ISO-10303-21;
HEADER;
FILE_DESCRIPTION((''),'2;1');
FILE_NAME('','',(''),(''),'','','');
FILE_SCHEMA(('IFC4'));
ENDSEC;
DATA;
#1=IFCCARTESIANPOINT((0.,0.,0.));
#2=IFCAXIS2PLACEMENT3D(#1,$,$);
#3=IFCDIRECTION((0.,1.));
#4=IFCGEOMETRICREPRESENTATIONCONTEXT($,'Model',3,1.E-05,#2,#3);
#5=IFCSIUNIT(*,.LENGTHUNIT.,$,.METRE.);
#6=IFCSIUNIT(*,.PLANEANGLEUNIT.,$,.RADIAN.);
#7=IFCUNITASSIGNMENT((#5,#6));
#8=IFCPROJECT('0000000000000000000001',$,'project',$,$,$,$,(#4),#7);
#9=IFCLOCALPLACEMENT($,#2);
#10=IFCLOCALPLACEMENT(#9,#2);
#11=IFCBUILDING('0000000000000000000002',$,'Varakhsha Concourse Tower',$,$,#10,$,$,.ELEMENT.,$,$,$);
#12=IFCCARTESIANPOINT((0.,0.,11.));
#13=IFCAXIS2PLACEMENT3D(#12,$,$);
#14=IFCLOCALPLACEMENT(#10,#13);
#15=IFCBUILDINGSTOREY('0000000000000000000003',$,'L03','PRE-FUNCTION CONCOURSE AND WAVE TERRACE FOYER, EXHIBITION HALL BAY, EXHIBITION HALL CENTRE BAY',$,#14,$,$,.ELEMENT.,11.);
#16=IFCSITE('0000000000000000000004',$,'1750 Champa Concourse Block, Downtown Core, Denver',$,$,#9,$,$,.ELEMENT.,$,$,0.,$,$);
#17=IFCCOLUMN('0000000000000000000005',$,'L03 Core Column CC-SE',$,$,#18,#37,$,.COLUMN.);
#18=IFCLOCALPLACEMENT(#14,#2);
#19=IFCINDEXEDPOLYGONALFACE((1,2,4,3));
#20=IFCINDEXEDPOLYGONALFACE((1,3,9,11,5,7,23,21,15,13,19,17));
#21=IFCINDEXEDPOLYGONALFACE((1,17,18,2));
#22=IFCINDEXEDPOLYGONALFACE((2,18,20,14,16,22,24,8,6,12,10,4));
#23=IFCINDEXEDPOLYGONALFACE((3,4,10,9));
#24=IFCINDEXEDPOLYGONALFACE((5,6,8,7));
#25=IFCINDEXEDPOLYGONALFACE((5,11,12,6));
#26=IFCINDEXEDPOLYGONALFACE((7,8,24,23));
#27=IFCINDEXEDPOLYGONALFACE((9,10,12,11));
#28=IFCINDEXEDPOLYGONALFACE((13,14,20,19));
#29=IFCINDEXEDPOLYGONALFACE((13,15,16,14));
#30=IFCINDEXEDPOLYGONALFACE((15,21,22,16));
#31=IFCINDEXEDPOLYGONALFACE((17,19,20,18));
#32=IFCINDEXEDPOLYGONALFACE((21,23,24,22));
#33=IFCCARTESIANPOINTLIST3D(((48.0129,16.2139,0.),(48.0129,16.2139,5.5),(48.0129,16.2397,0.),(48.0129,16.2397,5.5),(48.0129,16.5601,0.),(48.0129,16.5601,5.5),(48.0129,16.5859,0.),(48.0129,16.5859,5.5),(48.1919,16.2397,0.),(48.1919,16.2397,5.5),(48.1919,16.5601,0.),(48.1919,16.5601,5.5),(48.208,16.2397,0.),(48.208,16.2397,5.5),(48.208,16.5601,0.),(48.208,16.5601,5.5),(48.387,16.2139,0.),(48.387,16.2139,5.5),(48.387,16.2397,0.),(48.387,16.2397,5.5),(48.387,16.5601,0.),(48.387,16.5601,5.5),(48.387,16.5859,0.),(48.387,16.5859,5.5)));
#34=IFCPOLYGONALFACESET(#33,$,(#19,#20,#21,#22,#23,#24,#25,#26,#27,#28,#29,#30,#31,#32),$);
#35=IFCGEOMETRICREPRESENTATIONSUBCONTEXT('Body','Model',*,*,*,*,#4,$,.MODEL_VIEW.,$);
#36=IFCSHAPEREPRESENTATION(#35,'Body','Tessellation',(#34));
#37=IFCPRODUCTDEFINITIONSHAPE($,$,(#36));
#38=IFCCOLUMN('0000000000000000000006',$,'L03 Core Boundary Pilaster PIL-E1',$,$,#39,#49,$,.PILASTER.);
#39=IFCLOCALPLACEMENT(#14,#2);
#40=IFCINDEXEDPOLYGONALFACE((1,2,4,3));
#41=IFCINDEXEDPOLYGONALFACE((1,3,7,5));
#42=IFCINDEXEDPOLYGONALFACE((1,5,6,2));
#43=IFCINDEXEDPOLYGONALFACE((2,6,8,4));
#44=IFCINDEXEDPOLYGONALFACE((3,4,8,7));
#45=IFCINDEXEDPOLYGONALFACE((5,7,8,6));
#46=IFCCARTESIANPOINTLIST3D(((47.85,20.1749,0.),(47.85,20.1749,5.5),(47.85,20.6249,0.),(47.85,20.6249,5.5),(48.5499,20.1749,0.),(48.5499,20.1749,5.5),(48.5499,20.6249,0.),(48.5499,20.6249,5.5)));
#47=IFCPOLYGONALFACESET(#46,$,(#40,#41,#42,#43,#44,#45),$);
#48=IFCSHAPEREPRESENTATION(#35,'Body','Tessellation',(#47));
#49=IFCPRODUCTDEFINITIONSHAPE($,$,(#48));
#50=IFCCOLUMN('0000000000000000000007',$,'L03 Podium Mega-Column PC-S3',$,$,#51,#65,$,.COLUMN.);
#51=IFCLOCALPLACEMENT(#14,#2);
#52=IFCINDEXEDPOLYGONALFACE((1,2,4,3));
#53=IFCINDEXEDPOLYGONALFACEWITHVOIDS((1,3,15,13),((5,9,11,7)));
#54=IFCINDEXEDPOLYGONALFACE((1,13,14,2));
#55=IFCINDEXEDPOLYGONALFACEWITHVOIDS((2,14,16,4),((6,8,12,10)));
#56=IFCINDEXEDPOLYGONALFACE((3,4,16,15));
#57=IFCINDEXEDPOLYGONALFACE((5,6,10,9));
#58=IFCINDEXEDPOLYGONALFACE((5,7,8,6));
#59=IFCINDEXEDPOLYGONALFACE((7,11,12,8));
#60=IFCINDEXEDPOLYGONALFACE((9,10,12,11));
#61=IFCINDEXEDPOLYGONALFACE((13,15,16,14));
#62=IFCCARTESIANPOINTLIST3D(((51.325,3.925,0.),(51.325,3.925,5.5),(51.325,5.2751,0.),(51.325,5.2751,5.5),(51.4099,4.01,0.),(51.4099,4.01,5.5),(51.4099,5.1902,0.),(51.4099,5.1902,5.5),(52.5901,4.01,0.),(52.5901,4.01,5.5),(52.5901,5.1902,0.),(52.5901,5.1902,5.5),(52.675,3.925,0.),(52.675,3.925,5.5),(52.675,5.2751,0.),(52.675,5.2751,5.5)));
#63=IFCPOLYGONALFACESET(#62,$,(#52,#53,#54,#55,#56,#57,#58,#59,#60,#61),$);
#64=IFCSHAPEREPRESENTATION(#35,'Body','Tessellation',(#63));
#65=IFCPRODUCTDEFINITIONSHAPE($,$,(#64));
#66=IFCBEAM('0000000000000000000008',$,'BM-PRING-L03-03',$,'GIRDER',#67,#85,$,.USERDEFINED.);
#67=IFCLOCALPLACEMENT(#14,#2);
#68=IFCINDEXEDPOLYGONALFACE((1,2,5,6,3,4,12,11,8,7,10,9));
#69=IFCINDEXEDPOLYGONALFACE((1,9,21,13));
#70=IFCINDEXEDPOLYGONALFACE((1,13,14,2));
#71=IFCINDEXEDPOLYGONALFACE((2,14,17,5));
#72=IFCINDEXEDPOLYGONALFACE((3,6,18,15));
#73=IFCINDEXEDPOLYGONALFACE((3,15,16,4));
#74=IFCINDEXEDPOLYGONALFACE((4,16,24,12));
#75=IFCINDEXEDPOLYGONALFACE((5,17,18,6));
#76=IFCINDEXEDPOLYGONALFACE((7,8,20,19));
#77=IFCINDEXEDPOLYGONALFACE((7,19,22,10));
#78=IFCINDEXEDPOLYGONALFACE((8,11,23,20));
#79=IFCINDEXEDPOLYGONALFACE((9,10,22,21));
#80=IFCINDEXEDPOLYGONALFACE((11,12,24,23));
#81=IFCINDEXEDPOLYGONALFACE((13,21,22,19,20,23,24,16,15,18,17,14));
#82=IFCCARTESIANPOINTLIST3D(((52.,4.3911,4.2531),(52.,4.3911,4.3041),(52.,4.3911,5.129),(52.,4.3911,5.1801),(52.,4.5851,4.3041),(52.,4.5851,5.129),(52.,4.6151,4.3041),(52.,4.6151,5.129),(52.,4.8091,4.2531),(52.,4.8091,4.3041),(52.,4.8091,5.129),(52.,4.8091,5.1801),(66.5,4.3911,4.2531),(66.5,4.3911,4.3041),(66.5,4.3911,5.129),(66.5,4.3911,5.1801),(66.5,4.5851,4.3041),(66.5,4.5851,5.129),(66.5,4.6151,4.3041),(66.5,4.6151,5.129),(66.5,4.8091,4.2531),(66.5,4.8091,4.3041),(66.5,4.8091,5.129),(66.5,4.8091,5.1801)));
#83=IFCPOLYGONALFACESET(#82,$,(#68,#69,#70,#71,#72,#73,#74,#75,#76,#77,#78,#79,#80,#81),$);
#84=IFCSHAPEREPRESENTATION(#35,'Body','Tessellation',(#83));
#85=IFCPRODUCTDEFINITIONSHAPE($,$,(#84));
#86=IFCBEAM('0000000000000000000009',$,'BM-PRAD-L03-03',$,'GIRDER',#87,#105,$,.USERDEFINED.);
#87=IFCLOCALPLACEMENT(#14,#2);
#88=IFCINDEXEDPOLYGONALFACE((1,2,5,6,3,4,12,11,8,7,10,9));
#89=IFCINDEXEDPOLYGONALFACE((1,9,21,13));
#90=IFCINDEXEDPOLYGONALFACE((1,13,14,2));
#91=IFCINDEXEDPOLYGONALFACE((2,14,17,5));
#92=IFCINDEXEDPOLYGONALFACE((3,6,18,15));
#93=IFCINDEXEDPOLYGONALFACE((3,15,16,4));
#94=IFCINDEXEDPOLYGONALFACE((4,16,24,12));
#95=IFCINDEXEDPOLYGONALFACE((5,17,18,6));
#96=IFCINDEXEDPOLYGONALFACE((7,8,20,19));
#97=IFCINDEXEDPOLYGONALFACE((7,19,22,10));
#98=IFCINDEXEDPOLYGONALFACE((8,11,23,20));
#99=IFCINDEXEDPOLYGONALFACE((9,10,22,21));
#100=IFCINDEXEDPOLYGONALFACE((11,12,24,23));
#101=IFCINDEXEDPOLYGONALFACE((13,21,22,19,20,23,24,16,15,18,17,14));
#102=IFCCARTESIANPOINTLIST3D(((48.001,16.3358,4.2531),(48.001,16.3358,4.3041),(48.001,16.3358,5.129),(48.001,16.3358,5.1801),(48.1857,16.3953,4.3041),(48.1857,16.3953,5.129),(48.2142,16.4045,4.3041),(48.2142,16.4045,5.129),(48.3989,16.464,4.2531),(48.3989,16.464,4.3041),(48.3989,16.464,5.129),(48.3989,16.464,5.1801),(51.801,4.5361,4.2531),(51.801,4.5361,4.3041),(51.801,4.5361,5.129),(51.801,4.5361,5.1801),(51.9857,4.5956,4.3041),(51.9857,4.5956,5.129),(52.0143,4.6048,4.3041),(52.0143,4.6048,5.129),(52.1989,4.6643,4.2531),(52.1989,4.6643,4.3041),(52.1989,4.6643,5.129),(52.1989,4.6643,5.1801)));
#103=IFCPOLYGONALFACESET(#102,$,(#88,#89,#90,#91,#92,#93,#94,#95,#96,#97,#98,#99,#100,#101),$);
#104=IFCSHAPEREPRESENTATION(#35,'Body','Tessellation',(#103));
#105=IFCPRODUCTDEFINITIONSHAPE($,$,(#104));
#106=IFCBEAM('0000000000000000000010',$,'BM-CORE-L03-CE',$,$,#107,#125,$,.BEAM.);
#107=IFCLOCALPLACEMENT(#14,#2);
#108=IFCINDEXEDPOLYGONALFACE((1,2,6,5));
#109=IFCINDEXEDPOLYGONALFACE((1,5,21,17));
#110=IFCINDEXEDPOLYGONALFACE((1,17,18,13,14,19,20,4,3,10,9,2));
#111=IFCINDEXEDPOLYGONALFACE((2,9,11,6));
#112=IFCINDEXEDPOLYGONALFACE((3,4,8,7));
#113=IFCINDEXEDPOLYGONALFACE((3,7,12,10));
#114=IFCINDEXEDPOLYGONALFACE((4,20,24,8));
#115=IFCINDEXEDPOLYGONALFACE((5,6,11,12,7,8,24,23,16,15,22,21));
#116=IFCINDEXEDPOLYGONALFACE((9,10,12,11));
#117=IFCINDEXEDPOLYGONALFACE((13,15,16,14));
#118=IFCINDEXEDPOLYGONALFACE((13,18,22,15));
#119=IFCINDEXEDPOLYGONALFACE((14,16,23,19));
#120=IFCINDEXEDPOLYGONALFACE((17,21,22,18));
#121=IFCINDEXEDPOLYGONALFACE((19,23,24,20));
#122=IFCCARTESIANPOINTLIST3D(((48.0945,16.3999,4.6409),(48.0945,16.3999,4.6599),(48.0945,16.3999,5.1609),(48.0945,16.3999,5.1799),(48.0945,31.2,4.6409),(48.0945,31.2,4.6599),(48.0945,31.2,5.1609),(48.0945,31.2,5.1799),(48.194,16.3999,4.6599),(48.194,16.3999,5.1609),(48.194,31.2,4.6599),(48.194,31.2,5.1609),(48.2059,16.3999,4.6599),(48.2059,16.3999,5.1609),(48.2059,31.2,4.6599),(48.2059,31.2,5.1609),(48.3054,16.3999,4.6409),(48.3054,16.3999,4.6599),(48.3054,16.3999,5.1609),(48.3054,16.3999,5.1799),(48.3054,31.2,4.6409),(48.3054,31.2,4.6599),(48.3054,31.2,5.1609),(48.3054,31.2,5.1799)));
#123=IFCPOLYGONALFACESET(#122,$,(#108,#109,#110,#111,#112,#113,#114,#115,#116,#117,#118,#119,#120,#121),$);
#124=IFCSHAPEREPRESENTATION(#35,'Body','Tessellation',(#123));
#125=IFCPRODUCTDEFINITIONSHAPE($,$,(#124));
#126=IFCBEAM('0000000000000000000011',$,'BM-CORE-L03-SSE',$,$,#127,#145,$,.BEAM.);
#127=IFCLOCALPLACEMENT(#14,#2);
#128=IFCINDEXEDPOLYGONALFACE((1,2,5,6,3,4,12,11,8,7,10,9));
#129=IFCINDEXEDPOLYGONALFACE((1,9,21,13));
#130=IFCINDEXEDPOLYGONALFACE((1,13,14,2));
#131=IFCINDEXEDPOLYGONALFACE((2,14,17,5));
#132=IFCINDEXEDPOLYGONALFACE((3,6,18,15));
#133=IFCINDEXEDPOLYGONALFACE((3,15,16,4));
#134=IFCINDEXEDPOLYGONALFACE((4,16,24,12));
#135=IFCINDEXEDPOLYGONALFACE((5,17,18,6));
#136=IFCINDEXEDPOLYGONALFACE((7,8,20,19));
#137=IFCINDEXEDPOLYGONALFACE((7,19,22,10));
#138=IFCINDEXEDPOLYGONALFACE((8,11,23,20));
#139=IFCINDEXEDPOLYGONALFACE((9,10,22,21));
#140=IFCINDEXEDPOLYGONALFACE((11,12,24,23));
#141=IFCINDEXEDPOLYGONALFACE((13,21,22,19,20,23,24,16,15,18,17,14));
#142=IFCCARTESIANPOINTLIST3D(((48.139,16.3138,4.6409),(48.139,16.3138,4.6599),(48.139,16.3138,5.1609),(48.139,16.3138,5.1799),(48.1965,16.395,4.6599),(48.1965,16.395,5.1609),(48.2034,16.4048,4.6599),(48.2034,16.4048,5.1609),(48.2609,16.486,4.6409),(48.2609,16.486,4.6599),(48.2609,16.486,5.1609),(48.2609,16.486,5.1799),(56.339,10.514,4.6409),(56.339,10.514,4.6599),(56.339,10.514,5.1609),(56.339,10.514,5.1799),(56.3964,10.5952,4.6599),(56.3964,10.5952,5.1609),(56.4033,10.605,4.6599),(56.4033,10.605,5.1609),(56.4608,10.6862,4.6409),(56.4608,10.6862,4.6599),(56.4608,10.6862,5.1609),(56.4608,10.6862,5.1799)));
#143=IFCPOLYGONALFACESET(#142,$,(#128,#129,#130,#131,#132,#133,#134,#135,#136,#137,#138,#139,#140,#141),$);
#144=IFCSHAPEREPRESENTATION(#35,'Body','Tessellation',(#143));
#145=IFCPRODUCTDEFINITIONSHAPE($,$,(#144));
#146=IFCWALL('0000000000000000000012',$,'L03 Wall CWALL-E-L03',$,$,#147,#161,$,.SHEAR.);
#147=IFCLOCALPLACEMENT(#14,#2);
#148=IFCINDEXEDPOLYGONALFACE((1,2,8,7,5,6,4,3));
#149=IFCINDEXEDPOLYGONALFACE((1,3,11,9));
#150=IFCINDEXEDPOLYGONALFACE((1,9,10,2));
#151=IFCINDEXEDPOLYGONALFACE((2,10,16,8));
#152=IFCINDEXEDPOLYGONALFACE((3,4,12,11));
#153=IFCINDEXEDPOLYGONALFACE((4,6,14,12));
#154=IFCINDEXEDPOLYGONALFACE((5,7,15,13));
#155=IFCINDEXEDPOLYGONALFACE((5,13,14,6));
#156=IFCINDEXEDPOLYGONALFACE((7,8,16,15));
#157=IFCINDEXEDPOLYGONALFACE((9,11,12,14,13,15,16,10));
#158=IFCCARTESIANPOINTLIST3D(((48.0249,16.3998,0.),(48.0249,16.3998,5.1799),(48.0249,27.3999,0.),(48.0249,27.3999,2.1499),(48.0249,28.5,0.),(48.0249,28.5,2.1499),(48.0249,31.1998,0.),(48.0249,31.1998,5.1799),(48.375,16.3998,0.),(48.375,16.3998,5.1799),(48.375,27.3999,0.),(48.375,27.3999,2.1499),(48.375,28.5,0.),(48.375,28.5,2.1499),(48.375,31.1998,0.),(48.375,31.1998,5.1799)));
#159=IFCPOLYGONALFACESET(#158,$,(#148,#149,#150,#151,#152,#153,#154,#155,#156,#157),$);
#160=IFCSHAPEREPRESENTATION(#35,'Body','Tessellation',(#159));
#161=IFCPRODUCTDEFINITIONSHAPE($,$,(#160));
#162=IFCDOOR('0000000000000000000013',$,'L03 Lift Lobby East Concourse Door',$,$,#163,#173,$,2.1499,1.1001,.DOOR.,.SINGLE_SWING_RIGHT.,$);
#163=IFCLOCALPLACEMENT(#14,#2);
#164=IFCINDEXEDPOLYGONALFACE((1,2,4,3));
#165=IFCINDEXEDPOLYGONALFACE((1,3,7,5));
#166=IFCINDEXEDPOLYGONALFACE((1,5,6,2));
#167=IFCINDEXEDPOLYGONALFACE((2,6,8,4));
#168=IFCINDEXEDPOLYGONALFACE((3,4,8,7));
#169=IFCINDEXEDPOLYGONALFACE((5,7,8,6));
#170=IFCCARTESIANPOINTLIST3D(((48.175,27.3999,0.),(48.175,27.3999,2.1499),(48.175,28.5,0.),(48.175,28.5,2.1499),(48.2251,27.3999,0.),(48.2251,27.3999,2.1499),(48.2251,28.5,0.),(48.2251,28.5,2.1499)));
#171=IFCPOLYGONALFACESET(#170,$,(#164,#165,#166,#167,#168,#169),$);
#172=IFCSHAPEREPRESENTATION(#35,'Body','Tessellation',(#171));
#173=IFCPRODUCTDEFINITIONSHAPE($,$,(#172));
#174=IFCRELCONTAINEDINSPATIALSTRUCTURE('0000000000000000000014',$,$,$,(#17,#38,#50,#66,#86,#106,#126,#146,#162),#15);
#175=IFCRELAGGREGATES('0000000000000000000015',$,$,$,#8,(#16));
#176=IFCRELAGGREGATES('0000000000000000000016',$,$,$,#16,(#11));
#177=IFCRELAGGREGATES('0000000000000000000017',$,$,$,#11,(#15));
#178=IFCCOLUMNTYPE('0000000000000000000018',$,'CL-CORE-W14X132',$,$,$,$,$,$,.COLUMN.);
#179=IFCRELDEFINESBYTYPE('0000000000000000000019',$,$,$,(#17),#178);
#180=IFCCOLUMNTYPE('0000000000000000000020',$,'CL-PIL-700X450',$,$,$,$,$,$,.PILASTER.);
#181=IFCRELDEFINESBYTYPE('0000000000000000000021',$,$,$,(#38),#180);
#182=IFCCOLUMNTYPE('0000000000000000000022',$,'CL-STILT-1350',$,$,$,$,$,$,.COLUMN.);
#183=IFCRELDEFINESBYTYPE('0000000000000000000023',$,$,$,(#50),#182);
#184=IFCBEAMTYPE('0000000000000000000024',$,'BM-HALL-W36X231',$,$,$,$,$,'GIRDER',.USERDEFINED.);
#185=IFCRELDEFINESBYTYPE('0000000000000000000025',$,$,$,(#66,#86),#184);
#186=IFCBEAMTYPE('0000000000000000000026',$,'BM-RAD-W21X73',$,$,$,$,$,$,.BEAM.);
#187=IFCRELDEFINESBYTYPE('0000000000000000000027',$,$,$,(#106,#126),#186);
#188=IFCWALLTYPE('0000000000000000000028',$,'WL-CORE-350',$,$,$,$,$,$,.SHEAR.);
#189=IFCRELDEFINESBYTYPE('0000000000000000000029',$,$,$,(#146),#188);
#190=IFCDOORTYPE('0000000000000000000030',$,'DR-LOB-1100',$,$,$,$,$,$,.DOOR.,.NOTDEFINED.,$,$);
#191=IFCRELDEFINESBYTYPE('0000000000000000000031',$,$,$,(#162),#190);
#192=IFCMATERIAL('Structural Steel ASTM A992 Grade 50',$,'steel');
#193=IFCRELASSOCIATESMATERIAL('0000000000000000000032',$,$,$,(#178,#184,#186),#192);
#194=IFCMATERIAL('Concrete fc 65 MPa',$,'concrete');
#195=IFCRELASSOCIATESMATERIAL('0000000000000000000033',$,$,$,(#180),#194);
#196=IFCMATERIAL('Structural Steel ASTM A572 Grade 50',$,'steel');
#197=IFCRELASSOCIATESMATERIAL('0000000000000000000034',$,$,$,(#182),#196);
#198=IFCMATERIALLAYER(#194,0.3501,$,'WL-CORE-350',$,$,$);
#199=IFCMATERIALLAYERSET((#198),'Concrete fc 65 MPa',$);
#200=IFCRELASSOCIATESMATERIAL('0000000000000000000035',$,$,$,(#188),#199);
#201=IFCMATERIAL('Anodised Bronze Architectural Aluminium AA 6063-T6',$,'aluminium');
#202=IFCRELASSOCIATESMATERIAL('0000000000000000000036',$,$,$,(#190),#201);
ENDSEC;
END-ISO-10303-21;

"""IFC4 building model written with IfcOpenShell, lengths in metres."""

from ifc_helpers import new_model, si_unit, direction, frame, frame_2d, origin, origin_2d, place, context, subcontext, project, spatial, rectangle, hollow_rectangle, i_section, extrude, material, layer, layer_set, material_profile, profile_set, type_object, element, fill, save


model = new_model("IFC4")

# Units and contexts
model_context = context("Model", 3, precision=1e-05, world=origin(), true_north=direction((0.0, 1.0)))
body_context = subcontext(model_context, "Body", "Model", "MODEL_VIEW")
ifc_project = project(units=[si_unit("LENGTHUNIT", "METRE"), si_unit("PLANEANGLEUNIT", "RADIAN")], contexts=[model_context])

# Site, building, storey
site_placement = place(None, origin())
site = spatial("IfcSite", under=ifc_project, at=site_placement, Name="1750 Champa Concourse Block, Downtown Core, Denver", CompositionType="ELEMENT", RefElevation=0.0)
building_placement = place(site_placement, origin())
building = spatial("IfcBuilding", under=site, at=building_placement, Name="Varakhsha Concourse Tower", CompositionType="ELEMENT")
storey_placement = place(building_placement, frame((0.0, 0.0, 11.0)))
storey = spatial("IfcBuildingStorey", under=building, at=storey_placement, Name="L03", Description="PRE-FUNCTION CONCOURSE AND WAVE TERRACE FOYER, EXHIBITION HALL BAY, EXHIBITION HALL CENTRE BAY", CompositionType="ELEMENT", Elevation=11.0)

# Columns
ifc_material_1 = material(Name="Structural Steel ASTM A992 Grade 50", Category="steel")
ifc_material_profile_1 = material_profile(ifc_material_1, i_section(OverallWidth=0.374, OverallDepth=0.3721, WebThickness=0.0161, FlangeThickness=0.0259, at=origin_2d()), Name="W14X132")
ifc_profile_set_1 = profile_set([ifc_material_profile_1], Name="Structural Steel ASTM A992 Grade 50")
column_type_1 = type_object("IfcColumnType", Name="CL-CORE-W14X132", PredefinedType="COLUMN", material=ifc_profile_set_1)
column_1_placement = place(storey_placement, frame((48.2, 16.3999, 0.0), z_axis=(0.0, 0.0, 1.0), x_axis=(1.0, 0.0, 0.0)))
element("IfcColumn", 1, at=column_1_placement, inside=storey, type_object=column_type_1, Name="L03 Core Column CC-SE", PredefinedType="COLUMN", context=body_context, shape_type="SweptSolid", body=[
    extrude(i_section(OverallWidth=0.374, OverallDepth=0.3721, WebThickness=0.0161, FlangeThickness=0.0259, at=origin_2d()), origin(), (0.0, 0.0, 1.0), 5.5),
])
ifc_material_2 = material(Name="Concrete fc 65 MPa", Category="concrete")
ifc_material_profile_2 = material_profile(ifc_material_2, rectangle(XDim=0.7, YDim=0.45, at=origin_2d()), Name="RC 700x450")
ifc_profile_set_2 = profile_set([ifc_material_profile_2], Name="Concrete fc 65 MPa")
column_type_2 = type_object("IfcColumnType", Name="CL-PIL-700X450", PredefinedType="PILASTER", material=ifc_profile_set_2)
column_2_placement = place(storey_placement, frame((48.2, 20.3999, 0.0), z_axis=(0.0, 0.0, 1.0), x_axis=(1.0, 0.0, 0.0)))
element("IfcColumn", 2, at=column_2_placement, inside=storey, type_object=column_type_2, Name="L03 Core Boundary Pilaster PIL-E1", PredefinedType="PILASTER", context=body_context, shape_type="SweptSolid", body=[
    extrude(rectangle(XDim=0.7, YDim=0.45, at=origin_2d()), origin(), (0.0, 0.0, 1.0), 5.5),
])
ifc_material_3 = material(Name="Structural Steel ASTM A572 Grade 50", Category="steel")
ifc_material_profile_3 = material_profile(ifc_material_3, hollow_rectangle(XDim=1.3501, YDim=1.3501, WallThickness=0.085, at=origin_2d()), Name="BOX 1350x1350x85")
ifc_profile_set_3 = profile_set([ifc_material_profile_3], Name="Structural Steel ASTM A572 Grade 50")
column_type_3 = type_object("IfcColumnType", Name="CL-STILT-1350", PredefinedType="COLUMN", material=ifc_profile_set_3)
column_3_placement = place(storey_placement, frame((52.0, 4.6001, 0.0), z_axis=(0.0, 0.0, 1.0), x_axis=(1.0, 0.0, 0.0)))
element("IfcColumn", 3, at=column_3_placement, inside=storey, type_object=column_type_3, Name="L03 Podium Mega-Column PC-S3", PredefinedType="COLUMN", context=body_context, shape_type="SweptSolid", body=[
    extrude(hollow_rectangle(XDim=1.3501, YDim=1.3501, WallThickness=0.085, at=origin_2d()), origin(), (0.0, 0.0, 1.0), 5.5),
])

# Beams
ifc_material_profile_4 = material_profile(ifc_material_1, i_section(OverallWidth=0.418, OverallDepth=0.927, WebThickness=0.03, FlangeThickness=0.051, at=origin_2d()), Name="W36X231")
ifc_profile_set_4 = profile_set([ifc_material_profile_4], Name="Structural Steel ASTM A992 Grade 50")
beam_type_1 = type_object("IfcBeamType", Name="BM-HALL-W36X231", ElementType="GIRDER", PredefinedType="USERDEFINED", material=ifc_profile_set_4)
beam_1_placement = place(storey_placement, frame((52.0, 4.6001, 4.7166), z_axis=(1.0, 0.0, 0.0), x_axis=(0.0, 1.0, 0.0)))
element("IfcBeam", 4, at=beam_1_placement, inside=storey, type_object=beam_type_1, Name="BM-PRING-L03-03", ObjectType="GIRDER", PredefinedType="USERDEFINED", context=body_context, shape_type="SweptSolid", body=[
    extrude(i_section(OverallWidth=0.418, OverallDepth=0.927, WebThickness=0.03, FlangeThickness=0.051, at=origin_2d()), origin(), (0.0, 0.0, 1.0), 14.5),
])
beam_2_placement = place(storey_placement, frame((48.2, 16.3999, 4.7166), z_axis=(0.30654, -0.951858, 0.0), x_axis=(0.951858, 0.30654, 0.0)))
element("IfcBeam", 5, at=beam_2_placement, inside=storey, type_object=beam_type_1, Name="BM-PRAD-L03-03", ObjectType="GIRDER", PredefinedType="USERDEFINED", context=body_context, shape_type="SweptSolid", body=[
    extrude(i_section(OverallWidth=0.418, OverallDepth=0.927, WebThickness=0.03, FlangeThickness=0.051, at=origin_2d()), origin(), (0.0, 0.0, 1.0), 12.3965),
])
ifc_material_profile_5 = material_profile(ifc_material_1, i_section(OverallWidth=0.2109, OverallDepth=0.5391, WebThickness=0.012, FlangeThickness=0.019, at=origin_2d()), Name="W21X73")
ifc_profile_set_5 = profile_set([ifc_material_profile_5], Name="Structural Steel ASTM A992 Grade 50")
beam_type_2 = type_object("IfcBeamType", Name="BM-RAD-W21X73", PredefinedType="BEAM", material=ifc_profile_set_5)
beam_3_placement = place(storey_placement, frame((48.2, 16.3999, 4.9104), z_axis=(0.0, 1.0, 0.0), x_axis=(-1.0, 0.0, 0.0)))
element("IfcBeam", 6, at=beam_3_placement, inside=storey, type_object=beam_type_2, Name="BM-CORE-L03-CE", PredefinedType="BEAM", context=body_context, shape_type="SweptSolid", body=[
    extrude(i_section(OverallWidth=0.2109, OverallDepth=0.5391, WebThickness=0.012, FlangeThickness=0.019, at=origin_2d()), origin(), (0.0, 0.0, 1.0), 14.8),
])
beam_4_placement = place(storey_placement, frame((48.2, 16.3999, 4.9104), z_axis=(0.816423, -0.577454, 0.0), x_axis=(0.577454, 0.816423, 0.0)))
element("IfcBeam", 7, at=beam_4_placement, inside=storey, type_object=beam_type_2, Name="BM-CORE-L03-SSE", PredefinedType="BEAM", context=body_context, shape_type="SweptSolid", body=[
    extrude(i_section(OverallWidth=0.2109, OverallDepth=0.5391, WebThickness=0.012, FlangeThickness=0.019, at=origin_2d()), origin(), (0.0, 0.0, 1.0), 10.0437),
])

# Wall, opening, door
ifc_layer_1 = layer(ifc_material_2, 0.3501, Name="WL-CORE-350")
ifc_layer_set_1 = layer_set([ifc_layer_1], Name="Concrete fc 65 MPa")
wall_type_1 = type_object("IfcWallType", Name="WL-CORE-350", PredefinedType="SHEAR", material=ifc_layer_set_1)
wall_1_placement = place(storey_placement, frame((48.2, 16.3999, 0.0), z_axis=(0.0, 0.0, 1.0), x_axis=(0.0, 1.0, 0.0)))
wall_1 = element("IfcWall", 8, at=wall_1_placement, inside=storey, type_object=wall_type_1, Name="L03 Wall CWALL-E-L03", PredefinedType="SHEAR", context=body_context, shape_type="SweptSolid", body=[
    extrude(rectangle(XDim=14.8, YDim=0.3501, at=frame_2d((7.3999, 0.0))), origin(), (0.0, 0.0, 1.0), 5.1799),
])
opening_1_placement = place(wall_1_placement, frame((11.0, 0.0, 0.0)))
opening_1 = element("IfcOpeningElement", 9, at=opening_1_placement, cuts=wall_1, PredefinedType="OPENING", context=body_context, shape_type="SweptSolid", body=[
    extrude(rectangle(XDim=1.1001, YDim=2.1499, at=frame_2d((0.55, 1.075))), frame((0.0, 0.1851, 0.0), z_axis=(0.0, -1.0, 0.0), x_axis=(1.0, 0.0, 0.0)), (0.0, 0.0, 1.0), 0.3701),
])
ifc_material_4 = material(Name="Anodised Bronze Architectural Aluminium AA 6063-T6", Category="aluminium")
door_type_1 = type_object("IfcDoorType", Name="DR-LOB-1100", OperationType="NOTDEFINED", PredefinedType="DOOR", material=ifc_material_4)
door_1_placement = place(opening_1_placement, origin())
door_1 = element("IfcDoor", 10, at=door_1_placement, inside=storey, type_object=door_type_1, Name="L03 Lift Lobby East Concourse Door", OperationType="SINGLE_SWING_RIGHT", OverallHeight=2.1499, OverallWidth=1.1001, PredefinedType="DOOR", context=body_context, shape_type="SweptSolid", body=[
    extrude(rectangle(XDim=1.1001, YDim=2.1499, at=frame_2d((0.55, 1.075))), frame((0.0, 0.0249, 0.0), z_axis=(0.0, -1.0, 0.0), x_axis=(1.0, 0.0, 0.0)), (0.0, 0.0, 1.0), 0.05),
])
fill(opening_1, door_1)

save(model, "model.ifc")
